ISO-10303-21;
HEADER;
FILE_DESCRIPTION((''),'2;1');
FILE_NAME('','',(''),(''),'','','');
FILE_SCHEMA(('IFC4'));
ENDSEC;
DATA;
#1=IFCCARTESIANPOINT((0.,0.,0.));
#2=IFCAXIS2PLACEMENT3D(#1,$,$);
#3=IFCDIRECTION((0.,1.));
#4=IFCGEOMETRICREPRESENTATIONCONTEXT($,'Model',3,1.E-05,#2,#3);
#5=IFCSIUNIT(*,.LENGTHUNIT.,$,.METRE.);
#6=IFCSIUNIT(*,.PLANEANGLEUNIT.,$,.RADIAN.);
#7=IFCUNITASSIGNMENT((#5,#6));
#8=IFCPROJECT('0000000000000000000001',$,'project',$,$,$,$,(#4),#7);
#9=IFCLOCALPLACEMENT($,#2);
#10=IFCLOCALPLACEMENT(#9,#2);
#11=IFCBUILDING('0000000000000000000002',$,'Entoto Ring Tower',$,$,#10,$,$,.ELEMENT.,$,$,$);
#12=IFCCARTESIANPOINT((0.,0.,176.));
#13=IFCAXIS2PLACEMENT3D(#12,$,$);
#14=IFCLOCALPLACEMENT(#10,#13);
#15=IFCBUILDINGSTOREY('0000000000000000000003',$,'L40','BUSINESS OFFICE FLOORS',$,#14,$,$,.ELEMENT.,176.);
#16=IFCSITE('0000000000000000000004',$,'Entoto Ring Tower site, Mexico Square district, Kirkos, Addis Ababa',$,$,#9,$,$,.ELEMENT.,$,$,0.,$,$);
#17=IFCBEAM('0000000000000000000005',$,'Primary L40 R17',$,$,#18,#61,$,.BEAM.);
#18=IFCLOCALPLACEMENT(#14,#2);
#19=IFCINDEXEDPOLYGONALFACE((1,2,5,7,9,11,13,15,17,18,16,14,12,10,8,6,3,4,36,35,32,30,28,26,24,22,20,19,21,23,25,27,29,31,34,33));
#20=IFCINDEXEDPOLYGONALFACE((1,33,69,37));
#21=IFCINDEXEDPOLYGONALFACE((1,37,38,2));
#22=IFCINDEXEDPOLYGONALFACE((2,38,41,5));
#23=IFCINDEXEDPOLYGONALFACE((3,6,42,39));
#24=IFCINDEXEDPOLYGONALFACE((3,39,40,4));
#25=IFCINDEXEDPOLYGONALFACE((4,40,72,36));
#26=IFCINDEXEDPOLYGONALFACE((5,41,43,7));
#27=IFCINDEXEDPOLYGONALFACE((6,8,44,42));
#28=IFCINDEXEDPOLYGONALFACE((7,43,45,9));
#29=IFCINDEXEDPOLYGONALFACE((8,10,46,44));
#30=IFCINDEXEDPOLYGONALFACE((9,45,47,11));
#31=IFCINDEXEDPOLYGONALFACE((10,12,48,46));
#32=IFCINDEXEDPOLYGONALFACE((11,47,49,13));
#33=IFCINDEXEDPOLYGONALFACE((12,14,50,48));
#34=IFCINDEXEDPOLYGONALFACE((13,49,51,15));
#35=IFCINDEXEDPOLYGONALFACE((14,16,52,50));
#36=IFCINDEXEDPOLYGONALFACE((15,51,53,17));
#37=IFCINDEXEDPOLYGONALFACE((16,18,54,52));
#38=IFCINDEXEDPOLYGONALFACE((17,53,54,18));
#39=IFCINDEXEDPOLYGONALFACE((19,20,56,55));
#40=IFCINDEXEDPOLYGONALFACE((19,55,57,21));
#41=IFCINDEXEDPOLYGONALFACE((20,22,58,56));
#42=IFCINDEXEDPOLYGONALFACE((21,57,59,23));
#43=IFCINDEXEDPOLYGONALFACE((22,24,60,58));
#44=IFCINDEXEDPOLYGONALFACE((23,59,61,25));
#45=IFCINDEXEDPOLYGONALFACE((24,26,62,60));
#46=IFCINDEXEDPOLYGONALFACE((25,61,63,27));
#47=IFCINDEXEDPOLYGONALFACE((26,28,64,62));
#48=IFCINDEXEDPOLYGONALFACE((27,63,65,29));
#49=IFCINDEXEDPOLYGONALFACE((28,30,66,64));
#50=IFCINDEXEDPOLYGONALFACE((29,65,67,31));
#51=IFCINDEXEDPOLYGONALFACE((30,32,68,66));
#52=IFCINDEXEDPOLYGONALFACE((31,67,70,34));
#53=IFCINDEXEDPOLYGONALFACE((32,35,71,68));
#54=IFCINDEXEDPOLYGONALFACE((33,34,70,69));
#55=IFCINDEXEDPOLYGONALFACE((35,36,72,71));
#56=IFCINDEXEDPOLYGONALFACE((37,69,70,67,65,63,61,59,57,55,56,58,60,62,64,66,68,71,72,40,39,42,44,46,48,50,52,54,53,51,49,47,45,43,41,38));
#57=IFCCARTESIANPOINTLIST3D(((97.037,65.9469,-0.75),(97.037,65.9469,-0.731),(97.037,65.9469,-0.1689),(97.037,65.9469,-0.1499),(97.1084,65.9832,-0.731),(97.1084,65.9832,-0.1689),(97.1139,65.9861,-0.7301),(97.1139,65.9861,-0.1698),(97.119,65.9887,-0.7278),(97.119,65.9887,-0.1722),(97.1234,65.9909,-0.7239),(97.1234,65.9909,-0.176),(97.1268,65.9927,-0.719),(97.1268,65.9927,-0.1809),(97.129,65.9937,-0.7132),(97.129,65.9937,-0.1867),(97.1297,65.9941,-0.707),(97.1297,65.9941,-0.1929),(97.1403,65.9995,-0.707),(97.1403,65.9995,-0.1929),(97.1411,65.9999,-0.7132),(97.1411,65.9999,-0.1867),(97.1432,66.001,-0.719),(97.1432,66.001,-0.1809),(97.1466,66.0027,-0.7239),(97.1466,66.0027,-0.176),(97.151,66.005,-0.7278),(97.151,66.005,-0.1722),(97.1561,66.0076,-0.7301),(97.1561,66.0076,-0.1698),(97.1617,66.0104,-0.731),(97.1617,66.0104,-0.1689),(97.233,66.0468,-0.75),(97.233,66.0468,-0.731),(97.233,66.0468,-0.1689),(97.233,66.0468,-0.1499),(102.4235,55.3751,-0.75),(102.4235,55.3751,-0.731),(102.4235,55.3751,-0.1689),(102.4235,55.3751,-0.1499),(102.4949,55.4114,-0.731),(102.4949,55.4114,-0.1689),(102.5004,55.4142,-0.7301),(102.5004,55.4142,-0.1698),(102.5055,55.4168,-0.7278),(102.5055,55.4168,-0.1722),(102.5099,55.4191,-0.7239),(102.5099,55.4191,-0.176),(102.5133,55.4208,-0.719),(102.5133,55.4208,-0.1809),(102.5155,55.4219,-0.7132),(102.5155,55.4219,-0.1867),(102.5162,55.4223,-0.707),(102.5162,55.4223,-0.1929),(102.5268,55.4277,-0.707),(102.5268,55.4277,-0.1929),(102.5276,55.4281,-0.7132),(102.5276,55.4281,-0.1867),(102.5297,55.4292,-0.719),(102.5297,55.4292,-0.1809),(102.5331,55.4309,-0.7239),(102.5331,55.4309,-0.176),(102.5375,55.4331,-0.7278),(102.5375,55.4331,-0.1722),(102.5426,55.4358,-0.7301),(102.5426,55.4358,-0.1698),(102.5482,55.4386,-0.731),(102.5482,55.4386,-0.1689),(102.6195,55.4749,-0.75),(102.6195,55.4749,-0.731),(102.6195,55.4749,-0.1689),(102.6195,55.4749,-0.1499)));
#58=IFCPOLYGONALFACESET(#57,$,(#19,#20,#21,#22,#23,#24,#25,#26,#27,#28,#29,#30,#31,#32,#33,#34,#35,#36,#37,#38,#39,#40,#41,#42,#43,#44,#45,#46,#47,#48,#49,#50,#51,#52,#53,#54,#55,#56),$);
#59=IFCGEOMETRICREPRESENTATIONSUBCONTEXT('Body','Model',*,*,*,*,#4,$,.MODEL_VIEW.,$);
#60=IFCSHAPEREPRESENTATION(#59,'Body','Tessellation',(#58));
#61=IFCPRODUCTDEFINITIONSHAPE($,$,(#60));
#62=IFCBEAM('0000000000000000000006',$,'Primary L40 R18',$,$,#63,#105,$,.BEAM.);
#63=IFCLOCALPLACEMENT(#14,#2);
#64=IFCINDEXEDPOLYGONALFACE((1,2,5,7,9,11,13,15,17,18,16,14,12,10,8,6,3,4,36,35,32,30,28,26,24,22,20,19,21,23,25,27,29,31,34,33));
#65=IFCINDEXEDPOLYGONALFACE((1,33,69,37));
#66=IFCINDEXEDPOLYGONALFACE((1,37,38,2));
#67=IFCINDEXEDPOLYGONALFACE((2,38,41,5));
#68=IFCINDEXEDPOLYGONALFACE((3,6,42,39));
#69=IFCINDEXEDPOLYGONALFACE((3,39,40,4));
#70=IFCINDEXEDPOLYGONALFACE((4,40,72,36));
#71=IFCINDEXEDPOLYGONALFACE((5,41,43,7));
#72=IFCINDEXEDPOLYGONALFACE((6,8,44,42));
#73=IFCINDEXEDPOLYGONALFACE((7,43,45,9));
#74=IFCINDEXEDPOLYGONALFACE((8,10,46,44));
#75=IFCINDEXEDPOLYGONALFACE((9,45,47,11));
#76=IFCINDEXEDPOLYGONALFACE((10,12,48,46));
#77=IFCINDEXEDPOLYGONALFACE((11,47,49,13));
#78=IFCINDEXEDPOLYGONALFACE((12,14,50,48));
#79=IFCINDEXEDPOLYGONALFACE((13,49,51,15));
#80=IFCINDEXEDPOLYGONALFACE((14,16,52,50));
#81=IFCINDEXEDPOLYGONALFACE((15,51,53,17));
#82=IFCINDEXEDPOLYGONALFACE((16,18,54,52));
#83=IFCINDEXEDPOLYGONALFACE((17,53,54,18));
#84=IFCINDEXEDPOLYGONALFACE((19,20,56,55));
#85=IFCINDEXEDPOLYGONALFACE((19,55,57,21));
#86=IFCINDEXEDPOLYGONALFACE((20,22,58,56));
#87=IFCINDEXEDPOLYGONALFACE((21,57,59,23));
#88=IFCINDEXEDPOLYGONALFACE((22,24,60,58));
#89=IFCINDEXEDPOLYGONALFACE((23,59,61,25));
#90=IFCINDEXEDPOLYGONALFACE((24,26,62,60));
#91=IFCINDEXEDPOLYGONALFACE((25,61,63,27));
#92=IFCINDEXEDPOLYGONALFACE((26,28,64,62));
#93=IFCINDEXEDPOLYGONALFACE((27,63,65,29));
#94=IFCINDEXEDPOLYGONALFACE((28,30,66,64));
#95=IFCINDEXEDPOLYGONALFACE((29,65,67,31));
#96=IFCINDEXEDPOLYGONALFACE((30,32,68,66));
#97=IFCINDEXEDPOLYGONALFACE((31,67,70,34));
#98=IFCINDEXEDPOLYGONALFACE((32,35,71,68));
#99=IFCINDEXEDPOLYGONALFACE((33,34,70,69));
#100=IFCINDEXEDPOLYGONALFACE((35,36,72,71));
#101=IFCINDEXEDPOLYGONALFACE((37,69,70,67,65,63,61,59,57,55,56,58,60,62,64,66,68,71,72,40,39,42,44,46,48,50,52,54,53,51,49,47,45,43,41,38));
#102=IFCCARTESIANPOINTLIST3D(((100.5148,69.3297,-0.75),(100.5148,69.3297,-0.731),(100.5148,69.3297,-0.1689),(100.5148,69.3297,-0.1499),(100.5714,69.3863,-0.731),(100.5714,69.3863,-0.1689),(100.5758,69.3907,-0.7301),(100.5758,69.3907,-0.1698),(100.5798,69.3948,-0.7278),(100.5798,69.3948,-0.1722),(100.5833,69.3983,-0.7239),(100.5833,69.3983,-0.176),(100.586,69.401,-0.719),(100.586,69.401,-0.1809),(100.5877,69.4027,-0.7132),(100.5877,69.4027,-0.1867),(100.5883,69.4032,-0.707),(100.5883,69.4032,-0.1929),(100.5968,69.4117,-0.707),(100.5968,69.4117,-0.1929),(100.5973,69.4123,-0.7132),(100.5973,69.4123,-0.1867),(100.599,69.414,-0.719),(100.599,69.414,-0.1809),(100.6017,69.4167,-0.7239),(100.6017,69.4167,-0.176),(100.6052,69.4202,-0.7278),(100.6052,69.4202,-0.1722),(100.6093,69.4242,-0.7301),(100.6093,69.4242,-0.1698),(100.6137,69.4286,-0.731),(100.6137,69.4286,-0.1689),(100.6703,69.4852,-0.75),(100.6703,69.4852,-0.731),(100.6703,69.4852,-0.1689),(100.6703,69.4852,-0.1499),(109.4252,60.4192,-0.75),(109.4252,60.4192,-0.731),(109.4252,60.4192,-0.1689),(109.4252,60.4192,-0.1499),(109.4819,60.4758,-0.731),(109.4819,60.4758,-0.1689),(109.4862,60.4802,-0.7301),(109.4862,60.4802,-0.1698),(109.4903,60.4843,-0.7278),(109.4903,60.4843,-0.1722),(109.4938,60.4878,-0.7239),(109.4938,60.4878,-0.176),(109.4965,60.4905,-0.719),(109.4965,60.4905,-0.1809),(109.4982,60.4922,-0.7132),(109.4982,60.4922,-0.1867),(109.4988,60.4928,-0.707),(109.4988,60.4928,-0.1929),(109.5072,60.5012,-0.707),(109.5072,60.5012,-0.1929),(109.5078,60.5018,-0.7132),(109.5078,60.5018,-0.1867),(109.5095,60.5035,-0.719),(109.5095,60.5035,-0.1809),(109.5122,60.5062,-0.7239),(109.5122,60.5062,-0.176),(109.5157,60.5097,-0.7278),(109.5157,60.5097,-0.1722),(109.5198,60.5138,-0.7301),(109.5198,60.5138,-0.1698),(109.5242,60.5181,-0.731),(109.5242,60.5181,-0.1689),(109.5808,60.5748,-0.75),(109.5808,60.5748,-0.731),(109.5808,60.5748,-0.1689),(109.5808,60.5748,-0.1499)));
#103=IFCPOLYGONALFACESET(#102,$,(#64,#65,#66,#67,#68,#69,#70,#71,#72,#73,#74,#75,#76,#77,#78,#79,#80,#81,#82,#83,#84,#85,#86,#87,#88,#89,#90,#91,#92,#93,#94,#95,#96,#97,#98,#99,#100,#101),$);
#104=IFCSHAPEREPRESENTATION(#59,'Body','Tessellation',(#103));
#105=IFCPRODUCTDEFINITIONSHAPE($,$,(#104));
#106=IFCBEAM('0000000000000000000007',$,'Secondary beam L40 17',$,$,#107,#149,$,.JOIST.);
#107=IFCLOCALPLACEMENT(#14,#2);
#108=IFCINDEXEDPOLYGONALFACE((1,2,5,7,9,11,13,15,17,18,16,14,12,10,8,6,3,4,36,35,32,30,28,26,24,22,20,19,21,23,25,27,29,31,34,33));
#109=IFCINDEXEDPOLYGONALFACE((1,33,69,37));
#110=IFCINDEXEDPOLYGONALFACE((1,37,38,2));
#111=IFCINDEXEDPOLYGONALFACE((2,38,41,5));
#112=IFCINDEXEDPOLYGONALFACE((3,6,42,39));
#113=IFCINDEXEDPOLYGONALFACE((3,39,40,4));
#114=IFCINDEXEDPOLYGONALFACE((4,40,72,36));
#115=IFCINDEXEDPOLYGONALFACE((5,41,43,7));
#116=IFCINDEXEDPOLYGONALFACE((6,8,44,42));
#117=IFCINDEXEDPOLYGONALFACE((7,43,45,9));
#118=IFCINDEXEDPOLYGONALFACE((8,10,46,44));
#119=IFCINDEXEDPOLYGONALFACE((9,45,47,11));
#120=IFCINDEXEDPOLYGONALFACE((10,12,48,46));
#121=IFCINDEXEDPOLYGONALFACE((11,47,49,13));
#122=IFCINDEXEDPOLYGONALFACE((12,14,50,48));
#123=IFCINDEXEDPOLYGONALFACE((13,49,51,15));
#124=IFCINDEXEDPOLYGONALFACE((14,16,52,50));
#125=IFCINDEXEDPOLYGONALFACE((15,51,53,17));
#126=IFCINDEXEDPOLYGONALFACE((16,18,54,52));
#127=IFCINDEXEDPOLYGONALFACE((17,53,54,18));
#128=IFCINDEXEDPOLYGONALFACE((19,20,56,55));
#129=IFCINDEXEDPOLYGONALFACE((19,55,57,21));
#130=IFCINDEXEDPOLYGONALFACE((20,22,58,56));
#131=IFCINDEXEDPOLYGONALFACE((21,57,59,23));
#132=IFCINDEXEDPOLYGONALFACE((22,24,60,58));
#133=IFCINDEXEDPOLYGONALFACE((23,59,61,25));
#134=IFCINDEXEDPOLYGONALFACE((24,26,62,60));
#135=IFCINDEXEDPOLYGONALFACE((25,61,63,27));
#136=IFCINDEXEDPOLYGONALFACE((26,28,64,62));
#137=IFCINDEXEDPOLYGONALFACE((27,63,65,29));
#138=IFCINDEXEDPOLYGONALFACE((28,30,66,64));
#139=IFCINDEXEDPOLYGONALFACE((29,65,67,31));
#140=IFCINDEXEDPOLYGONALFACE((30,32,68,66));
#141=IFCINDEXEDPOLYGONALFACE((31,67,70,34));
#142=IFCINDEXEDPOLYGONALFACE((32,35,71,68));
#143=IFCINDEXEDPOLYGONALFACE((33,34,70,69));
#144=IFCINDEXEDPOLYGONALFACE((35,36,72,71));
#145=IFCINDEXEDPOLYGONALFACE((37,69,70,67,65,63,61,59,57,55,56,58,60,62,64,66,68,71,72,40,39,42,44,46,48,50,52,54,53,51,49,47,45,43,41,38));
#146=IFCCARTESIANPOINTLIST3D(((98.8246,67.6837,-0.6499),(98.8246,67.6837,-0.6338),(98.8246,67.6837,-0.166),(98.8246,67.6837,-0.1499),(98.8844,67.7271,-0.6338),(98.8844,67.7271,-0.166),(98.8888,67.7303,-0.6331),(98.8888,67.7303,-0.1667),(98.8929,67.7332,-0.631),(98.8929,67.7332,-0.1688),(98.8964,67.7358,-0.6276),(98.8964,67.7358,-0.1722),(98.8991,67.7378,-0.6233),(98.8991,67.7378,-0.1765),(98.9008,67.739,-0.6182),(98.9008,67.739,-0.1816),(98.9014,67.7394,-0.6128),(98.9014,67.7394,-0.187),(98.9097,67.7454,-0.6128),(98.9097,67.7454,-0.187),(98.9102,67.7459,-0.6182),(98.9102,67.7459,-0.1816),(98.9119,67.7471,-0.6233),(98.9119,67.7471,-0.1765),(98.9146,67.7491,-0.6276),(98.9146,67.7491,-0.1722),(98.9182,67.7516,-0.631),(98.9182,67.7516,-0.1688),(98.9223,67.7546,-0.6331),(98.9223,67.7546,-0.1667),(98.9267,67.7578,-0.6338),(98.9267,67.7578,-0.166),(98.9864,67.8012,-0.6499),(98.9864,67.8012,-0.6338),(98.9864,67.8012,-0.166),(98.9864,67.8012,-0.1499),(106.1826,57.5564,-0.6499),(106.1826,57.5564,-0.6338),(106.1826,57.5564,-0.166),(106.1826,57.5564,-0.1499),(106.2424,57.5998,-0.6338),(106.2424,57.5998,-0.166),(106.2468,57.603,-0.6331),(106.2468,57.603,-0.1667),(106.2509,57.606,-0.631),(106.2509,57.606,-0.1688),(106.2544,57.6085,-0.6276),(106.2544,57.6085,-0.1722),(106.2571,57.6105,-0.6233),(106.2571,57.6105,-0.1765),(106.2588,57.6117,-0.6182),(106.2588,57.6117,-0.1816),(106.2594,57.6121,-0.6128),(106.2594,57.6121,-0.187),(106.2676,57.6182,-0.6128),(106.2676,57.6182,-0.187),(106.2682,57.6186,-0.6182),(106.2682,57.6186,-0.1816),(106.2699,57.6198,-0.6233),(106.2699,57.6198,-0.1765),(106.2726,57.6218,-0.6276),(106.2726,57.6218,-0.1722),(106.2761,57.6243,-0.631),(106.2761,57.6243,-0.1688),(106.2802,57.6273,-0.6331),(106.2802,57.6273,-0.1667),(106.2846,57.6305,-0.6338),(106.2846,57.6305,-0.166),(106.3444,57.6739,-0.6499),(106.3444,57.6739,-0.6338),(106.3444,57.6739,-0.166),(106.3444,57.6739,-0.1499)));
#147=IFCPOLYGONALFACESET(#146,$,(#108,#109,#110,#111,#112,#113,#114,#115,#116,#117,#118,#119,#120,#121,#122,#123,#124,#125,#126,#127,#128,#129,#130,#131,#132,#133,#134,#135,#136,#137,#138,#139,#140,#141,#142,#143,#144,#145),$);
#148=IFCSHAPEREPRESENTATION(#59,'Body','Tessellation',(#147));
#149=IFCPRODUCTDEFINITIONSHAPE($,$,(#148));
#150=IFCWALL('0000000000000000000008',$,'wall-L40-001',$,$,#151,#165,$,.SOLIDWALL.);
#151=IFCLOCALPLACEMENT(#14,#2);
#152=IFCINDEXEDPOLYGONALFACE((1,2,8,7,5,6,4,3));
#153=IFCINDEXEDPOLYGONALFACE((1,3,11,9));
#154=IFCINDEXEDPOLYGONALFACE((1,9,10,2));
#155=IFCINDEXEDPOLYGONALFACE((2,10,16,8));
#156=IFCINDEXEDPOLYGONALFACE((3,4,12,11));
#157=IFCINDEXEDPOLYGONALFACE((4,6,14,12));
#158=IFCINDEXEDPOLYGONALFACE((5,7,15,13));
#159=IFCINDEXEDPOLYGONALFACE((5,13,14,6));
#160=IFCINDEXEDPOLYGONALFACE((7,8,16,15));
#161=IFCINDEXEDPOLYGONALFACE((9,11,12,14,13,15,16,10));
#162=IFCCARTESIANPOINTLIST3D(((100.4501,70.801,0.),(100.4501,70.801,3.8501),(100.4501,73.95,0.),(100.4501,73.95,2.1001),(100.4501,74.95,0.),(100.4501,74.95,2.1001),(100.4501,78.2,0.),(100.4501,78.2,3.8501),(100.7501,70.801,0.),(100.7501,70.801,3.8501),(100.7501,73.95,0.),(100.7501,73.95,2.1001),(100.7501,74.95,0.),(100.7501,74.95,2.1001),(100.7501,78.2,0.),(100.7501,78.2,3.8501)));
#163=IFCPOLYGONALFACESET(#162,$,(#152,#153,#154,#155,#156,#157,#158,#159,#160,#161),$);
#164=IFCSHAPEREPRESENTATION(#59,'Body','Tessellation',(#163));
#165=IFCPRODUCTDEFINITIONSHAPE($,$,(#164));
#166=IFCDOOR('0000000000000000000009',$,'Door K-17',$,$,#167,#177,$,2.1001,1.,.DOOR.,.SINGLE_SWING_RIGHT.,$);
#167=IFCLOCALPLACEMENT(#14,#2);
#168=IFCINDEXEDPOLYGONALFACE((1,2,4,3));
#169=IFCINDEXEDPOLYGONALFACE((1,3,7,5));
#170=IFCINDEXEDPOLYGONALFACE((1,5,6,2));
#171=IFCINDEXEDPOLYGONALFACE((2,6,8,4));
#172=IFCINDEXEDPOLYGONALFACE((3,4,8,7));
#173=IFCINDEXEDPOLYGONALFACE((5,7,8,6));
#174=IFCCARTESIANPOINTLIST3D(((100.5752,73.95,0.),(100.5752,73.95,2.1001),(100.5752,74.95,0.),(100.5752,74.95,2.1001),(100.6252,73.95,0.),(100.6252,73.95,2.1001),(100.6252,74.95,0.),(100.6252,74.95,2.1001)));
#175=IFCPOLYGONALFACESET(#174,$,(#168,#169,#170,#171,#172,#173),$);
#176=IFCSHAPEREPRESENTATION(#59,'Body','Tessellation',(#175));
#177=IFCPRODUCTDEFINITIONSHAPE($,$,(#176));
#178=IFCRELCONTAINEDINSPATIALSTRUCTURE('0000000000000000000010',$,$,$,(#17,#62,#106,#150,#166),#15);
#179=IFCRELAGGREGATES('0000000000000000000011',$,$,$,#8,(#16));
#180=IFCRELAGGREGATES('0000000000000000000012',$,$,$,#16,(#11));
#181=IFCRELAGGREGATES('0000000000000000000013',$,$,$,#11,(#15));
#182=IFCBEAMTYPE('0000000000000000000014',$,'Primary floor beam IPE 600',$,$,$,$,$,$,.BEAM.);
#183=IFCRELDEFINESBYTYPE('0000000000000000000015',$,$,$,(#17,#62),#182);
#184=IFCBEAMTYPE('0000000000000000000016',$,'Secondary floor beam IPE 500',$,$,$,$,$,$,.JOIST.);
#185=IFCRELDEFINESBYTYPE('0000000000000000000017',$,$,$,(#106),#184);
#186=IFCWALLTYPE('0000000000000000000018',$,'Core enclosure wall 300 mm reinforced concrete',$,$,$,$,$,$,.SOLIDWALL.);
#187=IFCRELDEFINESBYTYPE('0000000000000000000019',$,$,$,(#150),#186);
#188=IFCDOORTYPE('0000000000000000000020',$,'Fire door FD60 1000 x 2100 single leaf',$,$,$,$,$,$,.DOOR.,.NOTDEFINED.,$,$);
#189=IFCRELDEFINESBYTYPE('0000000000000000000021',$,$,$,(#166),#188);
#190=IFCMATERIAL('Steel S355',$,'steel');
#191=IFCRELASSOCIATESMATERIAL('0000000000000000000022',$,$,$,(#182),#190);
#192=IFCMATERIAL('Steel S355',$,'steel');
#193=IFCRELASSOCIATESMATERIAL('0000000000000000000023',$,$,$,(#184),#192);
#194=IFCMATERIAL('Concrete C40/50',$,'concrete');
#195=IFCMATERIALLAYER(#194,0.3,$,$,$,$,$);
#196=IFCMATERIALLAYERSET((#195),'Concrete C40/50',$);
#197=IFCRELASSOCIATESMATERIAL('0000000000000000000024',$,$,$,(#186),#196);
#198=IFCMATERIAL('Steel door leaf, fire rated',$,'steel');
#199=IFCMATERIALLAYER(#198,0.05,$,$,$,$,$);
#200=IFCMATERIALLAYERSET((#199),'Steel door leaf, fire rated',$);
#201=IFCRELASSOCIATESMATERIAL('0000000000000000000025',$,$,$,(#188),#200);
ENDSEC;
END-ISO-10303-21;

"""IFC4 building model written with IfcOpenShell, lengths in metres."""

from ifc_helpers import new_model, si_unit, direction, frame, frame_2d, origin, origin_2d, place, context, subcontext, project, spatial, rectangle, i_section, extrude, material, layer, layer_set, material_profile, profile_set, type_object, element, fill, save


model = new_model("IFC4")

# Units and contexts
model_context = context("Model", 3, precision=1e-05, world=origin(), true_north=direction((0.0, 1.0)))
body_context = subcontext(model_context, "Body", "Model", "MODEL_VIEW")
ifc_project = project(units=[si_unit("LENGTHUNIT", "METRE"), si_unit("PLANEANGLEUNIT", "RADIAN")], contexts=[model_context])

# Site, building, storey
site_placement = place(None, origin())
site = spatial("IfcSite", under=ifc_project, at=site_placement, Name="Entoto Ring Tower site, Mexico Square district, Kirkos, Addis Ababa", CompositionType="ELEMENT", RefElevation=0.0)
building_placement = place(site_placement, origin())
building = spatial("IfcBuilding", under=site, at=building_placement, Name="Entoto Ring Tower", CompositionType="ELEMENT")
storey_placement = place(building_placement, frame((0.0, 0.0, 176.0)))
storey = spatial("IfcBuildingStorey", under=building, at=storey_placement, Name="L40", Description="BUSINESS OFFICE FLOORS", CompositionType="ELEMENT", Elevation=176.0)

# Beams
ifc_material_1 = material(Name="Steel S355", Category="steel")
ifc_material_profile_1 = material_profile(ifc_material_1, i_section(OverallWidth=0.22, OverallDepth=0.6001, WebThickness=0.012, FlangeThickness=0.019, FilletRadius=0.0239, at=origin_2d()), Name="IPE 600")
ifc_profile_set_1 = profile_set([ifc_material_profile_1], Name="Steel S355")
beam_type_1 = type_object("IfcBeamType", Name="Primary floor beam IPE 600", PredefinedType="BEAM", material=ifc_profile_set_1)
beam_1_placement = place(storey_placement, frame((97.135, 65.9968, -0.45), z_axis=(0.453983, -0.89101, 0.0), x_axis=(0.89101, 0.453983, 0.0)))
element("IfcBeam", 1, at=beam_1_placement, inside=storey, type_object=beam_type_1, Name="Primary L40 R17", PredefinedType="BEAM", context=body_context, shape_type="SweptSolid", body=[
    extrude(i_section(OverallWidth=0.22, OverallDepth=0.6001, WebThickness=0.012, FlangeThickness=0.019, FilletRadius=0.0239, at=origin_2d()), origin(), (0.0, 0.0, 1.0), 11.865),
])
beam_2_placement = place(storey_placement, frame((100.5925, 69.4075, -0.45), z_axis=(0.707107, -0.707107, 0.0), x_axis=(0.707107, 0.707107, 0.0)))
element("IfcBeam", 2, at=beam_2_placement, inside=storey, type_object=beam_type_1, Name="Primary L40 R18", PredefinedType="BEAM", context=body_context, shape_type="SweptSolid", body=[
    extrude(i_section(OverallWidth=0.22, OverallDepth=0.6001, WebThickness=0.012, FlangeThickness=0.019, FilletRadius=0.0239, at=origin_2d()), origin(), (0.0, 0.0, 1.0), 12.6013),
])
ifc_material_2 = material(Name="Steel S355", Category="steel")
ifc_material_profile_2 = material_profile(ifc_material_2, i_section(OverallWidth=0.2, OverallDepth=0.5, WebThickness=0.0103, FlangeThickness=0.0161, FilletRadius=0.021, at=origin_2d()), Name="IPE 500")
ifc_profile_set_2 = profile_set([ifc_material_profile_2], Name="Steel S355")
beam_type_2 = type_object("IfcBeamType", Name="Secondary floor beam IPE 500", PredefinedType="JOIST", material=ifc_profile_set_2)
beam_3_placement = place(storey_placement, frame((98.9055, 67.7424, -0.3999), z_axis=(0.587789, -0.809014, 0.0), x_axis=(0.809014, 0.587789, 0.0)))
element("IfcBeam", 3, at=beam_3_placement, inside=storey, type_object=beam_type_2, Name="Secondary beam L40 17", PredefinedType="JOIST", context=body_context, shape_type="SweptSolid", body=[
    extrude(i_section(OverallWidth=0.2, OverallDepth=0.5, WebThickness=0.0103, FlangeThickness=0.0161, FilletRadius=0.021, at=origin_2d()), origin(), (0.0, 0.0, 1.0), 12.5181),
])

# Wall, opening, door
ifc_material_3 = material(Name="Concrete C40/50", Category="concrete")
ifc_layer_1 = layer(ifc_material_3, 0.3)
ifc_layer_set_1 = layer_set([ifc_layer_1], Name="Concrete C40/50")
wall_type = type_object("IfcWallType", Name="Core enclosure wall 300 mm reinforced concrete", PredefinedType="SOLIDWALL", material=ifc_layer_set_1)
wall_1_placement = place(storey_placement, frame((100.6001, 70.801, 0.0), z_axis=(0.0, 0.0, 1.0), x_axis=(0.0, 1.0, 0.0)))
wall_1 = element("IfcWall", 4, at=wall_1_placement, inside=storey, type_object=wall_type, Name="wall-L40-001", PredefinedType="SOLIDWALL", context=body_context, shape_type="SweptSolid", body=[
    extrude(rectangle(XDim=7.3989, YDim=0.3, at=frame_2d((3.6995, 0.0))), origin(), (0.0, 0.0, 1.0), 3.8501),
])
opening_1_placement = place(wall_1_placement, frame((3.1489, 0.0, 0.0)))
opening_1 = element("IfcOpeningElement", 5, at=opening_1_placement, cuts=wall_1, PredefinedType="OPENING", context=body_context, shape_type="SweptSolid", body=[
    extrude(rectangle(XDim=1.0, YDim=2.1001, at=frame_2d((0.5, 1.05))), frame((0.0, 0.1602, 0.0), z_axis=(0.0, -1.0, 0.0), x_axis=(1.0, 0.0, 0.0)), (0.0, 0.0, 1.0), 0.3201),
])
ifc_material_4 = material(Name="Steel door leaf, fire rated", Category="steel")
ifc_layer_2 = layer(ifc_material_4, 0.05)
ifc_layer_set_2 = layer_set([ifc_layer_2], Name="Steel door leaf, fire rated")
door_type_1 = type_object("IfcDoorType", Name="Fire door FD60 1000 x 2100 single leaf", OperationType="NOTDEFINED", PredefinedType="DOOR", material=ifc_layer_set_2)
door_1_placement = place(opening_1_placement, origin())
door_1 = element("IfcDoor", 6, at=door_1_placement, inside=storey, type_object=door_type_1, Name="Door K-17", OperationType="SINGLE_SWING_RIGHT", OverallHeight=2.1001, OverallWidth=1.0, PredefinedType="DOOR", context=body_context, shape_type="SweptSolid", body=[
    extrude(rectangle(XDim=1.0, YDim=2.1001, at=frame_2d((0.5, 1.05))), frame((0.0, 0.0249, 0.0), z_axis=(0.0, -1.0, 0.0), x_axis=(1.0, 0.0, 0.0)), (0.0, 0.0, 1.0), 0.05),
])
fill(opening_1, door_1)

save(model, "model.ifc")
